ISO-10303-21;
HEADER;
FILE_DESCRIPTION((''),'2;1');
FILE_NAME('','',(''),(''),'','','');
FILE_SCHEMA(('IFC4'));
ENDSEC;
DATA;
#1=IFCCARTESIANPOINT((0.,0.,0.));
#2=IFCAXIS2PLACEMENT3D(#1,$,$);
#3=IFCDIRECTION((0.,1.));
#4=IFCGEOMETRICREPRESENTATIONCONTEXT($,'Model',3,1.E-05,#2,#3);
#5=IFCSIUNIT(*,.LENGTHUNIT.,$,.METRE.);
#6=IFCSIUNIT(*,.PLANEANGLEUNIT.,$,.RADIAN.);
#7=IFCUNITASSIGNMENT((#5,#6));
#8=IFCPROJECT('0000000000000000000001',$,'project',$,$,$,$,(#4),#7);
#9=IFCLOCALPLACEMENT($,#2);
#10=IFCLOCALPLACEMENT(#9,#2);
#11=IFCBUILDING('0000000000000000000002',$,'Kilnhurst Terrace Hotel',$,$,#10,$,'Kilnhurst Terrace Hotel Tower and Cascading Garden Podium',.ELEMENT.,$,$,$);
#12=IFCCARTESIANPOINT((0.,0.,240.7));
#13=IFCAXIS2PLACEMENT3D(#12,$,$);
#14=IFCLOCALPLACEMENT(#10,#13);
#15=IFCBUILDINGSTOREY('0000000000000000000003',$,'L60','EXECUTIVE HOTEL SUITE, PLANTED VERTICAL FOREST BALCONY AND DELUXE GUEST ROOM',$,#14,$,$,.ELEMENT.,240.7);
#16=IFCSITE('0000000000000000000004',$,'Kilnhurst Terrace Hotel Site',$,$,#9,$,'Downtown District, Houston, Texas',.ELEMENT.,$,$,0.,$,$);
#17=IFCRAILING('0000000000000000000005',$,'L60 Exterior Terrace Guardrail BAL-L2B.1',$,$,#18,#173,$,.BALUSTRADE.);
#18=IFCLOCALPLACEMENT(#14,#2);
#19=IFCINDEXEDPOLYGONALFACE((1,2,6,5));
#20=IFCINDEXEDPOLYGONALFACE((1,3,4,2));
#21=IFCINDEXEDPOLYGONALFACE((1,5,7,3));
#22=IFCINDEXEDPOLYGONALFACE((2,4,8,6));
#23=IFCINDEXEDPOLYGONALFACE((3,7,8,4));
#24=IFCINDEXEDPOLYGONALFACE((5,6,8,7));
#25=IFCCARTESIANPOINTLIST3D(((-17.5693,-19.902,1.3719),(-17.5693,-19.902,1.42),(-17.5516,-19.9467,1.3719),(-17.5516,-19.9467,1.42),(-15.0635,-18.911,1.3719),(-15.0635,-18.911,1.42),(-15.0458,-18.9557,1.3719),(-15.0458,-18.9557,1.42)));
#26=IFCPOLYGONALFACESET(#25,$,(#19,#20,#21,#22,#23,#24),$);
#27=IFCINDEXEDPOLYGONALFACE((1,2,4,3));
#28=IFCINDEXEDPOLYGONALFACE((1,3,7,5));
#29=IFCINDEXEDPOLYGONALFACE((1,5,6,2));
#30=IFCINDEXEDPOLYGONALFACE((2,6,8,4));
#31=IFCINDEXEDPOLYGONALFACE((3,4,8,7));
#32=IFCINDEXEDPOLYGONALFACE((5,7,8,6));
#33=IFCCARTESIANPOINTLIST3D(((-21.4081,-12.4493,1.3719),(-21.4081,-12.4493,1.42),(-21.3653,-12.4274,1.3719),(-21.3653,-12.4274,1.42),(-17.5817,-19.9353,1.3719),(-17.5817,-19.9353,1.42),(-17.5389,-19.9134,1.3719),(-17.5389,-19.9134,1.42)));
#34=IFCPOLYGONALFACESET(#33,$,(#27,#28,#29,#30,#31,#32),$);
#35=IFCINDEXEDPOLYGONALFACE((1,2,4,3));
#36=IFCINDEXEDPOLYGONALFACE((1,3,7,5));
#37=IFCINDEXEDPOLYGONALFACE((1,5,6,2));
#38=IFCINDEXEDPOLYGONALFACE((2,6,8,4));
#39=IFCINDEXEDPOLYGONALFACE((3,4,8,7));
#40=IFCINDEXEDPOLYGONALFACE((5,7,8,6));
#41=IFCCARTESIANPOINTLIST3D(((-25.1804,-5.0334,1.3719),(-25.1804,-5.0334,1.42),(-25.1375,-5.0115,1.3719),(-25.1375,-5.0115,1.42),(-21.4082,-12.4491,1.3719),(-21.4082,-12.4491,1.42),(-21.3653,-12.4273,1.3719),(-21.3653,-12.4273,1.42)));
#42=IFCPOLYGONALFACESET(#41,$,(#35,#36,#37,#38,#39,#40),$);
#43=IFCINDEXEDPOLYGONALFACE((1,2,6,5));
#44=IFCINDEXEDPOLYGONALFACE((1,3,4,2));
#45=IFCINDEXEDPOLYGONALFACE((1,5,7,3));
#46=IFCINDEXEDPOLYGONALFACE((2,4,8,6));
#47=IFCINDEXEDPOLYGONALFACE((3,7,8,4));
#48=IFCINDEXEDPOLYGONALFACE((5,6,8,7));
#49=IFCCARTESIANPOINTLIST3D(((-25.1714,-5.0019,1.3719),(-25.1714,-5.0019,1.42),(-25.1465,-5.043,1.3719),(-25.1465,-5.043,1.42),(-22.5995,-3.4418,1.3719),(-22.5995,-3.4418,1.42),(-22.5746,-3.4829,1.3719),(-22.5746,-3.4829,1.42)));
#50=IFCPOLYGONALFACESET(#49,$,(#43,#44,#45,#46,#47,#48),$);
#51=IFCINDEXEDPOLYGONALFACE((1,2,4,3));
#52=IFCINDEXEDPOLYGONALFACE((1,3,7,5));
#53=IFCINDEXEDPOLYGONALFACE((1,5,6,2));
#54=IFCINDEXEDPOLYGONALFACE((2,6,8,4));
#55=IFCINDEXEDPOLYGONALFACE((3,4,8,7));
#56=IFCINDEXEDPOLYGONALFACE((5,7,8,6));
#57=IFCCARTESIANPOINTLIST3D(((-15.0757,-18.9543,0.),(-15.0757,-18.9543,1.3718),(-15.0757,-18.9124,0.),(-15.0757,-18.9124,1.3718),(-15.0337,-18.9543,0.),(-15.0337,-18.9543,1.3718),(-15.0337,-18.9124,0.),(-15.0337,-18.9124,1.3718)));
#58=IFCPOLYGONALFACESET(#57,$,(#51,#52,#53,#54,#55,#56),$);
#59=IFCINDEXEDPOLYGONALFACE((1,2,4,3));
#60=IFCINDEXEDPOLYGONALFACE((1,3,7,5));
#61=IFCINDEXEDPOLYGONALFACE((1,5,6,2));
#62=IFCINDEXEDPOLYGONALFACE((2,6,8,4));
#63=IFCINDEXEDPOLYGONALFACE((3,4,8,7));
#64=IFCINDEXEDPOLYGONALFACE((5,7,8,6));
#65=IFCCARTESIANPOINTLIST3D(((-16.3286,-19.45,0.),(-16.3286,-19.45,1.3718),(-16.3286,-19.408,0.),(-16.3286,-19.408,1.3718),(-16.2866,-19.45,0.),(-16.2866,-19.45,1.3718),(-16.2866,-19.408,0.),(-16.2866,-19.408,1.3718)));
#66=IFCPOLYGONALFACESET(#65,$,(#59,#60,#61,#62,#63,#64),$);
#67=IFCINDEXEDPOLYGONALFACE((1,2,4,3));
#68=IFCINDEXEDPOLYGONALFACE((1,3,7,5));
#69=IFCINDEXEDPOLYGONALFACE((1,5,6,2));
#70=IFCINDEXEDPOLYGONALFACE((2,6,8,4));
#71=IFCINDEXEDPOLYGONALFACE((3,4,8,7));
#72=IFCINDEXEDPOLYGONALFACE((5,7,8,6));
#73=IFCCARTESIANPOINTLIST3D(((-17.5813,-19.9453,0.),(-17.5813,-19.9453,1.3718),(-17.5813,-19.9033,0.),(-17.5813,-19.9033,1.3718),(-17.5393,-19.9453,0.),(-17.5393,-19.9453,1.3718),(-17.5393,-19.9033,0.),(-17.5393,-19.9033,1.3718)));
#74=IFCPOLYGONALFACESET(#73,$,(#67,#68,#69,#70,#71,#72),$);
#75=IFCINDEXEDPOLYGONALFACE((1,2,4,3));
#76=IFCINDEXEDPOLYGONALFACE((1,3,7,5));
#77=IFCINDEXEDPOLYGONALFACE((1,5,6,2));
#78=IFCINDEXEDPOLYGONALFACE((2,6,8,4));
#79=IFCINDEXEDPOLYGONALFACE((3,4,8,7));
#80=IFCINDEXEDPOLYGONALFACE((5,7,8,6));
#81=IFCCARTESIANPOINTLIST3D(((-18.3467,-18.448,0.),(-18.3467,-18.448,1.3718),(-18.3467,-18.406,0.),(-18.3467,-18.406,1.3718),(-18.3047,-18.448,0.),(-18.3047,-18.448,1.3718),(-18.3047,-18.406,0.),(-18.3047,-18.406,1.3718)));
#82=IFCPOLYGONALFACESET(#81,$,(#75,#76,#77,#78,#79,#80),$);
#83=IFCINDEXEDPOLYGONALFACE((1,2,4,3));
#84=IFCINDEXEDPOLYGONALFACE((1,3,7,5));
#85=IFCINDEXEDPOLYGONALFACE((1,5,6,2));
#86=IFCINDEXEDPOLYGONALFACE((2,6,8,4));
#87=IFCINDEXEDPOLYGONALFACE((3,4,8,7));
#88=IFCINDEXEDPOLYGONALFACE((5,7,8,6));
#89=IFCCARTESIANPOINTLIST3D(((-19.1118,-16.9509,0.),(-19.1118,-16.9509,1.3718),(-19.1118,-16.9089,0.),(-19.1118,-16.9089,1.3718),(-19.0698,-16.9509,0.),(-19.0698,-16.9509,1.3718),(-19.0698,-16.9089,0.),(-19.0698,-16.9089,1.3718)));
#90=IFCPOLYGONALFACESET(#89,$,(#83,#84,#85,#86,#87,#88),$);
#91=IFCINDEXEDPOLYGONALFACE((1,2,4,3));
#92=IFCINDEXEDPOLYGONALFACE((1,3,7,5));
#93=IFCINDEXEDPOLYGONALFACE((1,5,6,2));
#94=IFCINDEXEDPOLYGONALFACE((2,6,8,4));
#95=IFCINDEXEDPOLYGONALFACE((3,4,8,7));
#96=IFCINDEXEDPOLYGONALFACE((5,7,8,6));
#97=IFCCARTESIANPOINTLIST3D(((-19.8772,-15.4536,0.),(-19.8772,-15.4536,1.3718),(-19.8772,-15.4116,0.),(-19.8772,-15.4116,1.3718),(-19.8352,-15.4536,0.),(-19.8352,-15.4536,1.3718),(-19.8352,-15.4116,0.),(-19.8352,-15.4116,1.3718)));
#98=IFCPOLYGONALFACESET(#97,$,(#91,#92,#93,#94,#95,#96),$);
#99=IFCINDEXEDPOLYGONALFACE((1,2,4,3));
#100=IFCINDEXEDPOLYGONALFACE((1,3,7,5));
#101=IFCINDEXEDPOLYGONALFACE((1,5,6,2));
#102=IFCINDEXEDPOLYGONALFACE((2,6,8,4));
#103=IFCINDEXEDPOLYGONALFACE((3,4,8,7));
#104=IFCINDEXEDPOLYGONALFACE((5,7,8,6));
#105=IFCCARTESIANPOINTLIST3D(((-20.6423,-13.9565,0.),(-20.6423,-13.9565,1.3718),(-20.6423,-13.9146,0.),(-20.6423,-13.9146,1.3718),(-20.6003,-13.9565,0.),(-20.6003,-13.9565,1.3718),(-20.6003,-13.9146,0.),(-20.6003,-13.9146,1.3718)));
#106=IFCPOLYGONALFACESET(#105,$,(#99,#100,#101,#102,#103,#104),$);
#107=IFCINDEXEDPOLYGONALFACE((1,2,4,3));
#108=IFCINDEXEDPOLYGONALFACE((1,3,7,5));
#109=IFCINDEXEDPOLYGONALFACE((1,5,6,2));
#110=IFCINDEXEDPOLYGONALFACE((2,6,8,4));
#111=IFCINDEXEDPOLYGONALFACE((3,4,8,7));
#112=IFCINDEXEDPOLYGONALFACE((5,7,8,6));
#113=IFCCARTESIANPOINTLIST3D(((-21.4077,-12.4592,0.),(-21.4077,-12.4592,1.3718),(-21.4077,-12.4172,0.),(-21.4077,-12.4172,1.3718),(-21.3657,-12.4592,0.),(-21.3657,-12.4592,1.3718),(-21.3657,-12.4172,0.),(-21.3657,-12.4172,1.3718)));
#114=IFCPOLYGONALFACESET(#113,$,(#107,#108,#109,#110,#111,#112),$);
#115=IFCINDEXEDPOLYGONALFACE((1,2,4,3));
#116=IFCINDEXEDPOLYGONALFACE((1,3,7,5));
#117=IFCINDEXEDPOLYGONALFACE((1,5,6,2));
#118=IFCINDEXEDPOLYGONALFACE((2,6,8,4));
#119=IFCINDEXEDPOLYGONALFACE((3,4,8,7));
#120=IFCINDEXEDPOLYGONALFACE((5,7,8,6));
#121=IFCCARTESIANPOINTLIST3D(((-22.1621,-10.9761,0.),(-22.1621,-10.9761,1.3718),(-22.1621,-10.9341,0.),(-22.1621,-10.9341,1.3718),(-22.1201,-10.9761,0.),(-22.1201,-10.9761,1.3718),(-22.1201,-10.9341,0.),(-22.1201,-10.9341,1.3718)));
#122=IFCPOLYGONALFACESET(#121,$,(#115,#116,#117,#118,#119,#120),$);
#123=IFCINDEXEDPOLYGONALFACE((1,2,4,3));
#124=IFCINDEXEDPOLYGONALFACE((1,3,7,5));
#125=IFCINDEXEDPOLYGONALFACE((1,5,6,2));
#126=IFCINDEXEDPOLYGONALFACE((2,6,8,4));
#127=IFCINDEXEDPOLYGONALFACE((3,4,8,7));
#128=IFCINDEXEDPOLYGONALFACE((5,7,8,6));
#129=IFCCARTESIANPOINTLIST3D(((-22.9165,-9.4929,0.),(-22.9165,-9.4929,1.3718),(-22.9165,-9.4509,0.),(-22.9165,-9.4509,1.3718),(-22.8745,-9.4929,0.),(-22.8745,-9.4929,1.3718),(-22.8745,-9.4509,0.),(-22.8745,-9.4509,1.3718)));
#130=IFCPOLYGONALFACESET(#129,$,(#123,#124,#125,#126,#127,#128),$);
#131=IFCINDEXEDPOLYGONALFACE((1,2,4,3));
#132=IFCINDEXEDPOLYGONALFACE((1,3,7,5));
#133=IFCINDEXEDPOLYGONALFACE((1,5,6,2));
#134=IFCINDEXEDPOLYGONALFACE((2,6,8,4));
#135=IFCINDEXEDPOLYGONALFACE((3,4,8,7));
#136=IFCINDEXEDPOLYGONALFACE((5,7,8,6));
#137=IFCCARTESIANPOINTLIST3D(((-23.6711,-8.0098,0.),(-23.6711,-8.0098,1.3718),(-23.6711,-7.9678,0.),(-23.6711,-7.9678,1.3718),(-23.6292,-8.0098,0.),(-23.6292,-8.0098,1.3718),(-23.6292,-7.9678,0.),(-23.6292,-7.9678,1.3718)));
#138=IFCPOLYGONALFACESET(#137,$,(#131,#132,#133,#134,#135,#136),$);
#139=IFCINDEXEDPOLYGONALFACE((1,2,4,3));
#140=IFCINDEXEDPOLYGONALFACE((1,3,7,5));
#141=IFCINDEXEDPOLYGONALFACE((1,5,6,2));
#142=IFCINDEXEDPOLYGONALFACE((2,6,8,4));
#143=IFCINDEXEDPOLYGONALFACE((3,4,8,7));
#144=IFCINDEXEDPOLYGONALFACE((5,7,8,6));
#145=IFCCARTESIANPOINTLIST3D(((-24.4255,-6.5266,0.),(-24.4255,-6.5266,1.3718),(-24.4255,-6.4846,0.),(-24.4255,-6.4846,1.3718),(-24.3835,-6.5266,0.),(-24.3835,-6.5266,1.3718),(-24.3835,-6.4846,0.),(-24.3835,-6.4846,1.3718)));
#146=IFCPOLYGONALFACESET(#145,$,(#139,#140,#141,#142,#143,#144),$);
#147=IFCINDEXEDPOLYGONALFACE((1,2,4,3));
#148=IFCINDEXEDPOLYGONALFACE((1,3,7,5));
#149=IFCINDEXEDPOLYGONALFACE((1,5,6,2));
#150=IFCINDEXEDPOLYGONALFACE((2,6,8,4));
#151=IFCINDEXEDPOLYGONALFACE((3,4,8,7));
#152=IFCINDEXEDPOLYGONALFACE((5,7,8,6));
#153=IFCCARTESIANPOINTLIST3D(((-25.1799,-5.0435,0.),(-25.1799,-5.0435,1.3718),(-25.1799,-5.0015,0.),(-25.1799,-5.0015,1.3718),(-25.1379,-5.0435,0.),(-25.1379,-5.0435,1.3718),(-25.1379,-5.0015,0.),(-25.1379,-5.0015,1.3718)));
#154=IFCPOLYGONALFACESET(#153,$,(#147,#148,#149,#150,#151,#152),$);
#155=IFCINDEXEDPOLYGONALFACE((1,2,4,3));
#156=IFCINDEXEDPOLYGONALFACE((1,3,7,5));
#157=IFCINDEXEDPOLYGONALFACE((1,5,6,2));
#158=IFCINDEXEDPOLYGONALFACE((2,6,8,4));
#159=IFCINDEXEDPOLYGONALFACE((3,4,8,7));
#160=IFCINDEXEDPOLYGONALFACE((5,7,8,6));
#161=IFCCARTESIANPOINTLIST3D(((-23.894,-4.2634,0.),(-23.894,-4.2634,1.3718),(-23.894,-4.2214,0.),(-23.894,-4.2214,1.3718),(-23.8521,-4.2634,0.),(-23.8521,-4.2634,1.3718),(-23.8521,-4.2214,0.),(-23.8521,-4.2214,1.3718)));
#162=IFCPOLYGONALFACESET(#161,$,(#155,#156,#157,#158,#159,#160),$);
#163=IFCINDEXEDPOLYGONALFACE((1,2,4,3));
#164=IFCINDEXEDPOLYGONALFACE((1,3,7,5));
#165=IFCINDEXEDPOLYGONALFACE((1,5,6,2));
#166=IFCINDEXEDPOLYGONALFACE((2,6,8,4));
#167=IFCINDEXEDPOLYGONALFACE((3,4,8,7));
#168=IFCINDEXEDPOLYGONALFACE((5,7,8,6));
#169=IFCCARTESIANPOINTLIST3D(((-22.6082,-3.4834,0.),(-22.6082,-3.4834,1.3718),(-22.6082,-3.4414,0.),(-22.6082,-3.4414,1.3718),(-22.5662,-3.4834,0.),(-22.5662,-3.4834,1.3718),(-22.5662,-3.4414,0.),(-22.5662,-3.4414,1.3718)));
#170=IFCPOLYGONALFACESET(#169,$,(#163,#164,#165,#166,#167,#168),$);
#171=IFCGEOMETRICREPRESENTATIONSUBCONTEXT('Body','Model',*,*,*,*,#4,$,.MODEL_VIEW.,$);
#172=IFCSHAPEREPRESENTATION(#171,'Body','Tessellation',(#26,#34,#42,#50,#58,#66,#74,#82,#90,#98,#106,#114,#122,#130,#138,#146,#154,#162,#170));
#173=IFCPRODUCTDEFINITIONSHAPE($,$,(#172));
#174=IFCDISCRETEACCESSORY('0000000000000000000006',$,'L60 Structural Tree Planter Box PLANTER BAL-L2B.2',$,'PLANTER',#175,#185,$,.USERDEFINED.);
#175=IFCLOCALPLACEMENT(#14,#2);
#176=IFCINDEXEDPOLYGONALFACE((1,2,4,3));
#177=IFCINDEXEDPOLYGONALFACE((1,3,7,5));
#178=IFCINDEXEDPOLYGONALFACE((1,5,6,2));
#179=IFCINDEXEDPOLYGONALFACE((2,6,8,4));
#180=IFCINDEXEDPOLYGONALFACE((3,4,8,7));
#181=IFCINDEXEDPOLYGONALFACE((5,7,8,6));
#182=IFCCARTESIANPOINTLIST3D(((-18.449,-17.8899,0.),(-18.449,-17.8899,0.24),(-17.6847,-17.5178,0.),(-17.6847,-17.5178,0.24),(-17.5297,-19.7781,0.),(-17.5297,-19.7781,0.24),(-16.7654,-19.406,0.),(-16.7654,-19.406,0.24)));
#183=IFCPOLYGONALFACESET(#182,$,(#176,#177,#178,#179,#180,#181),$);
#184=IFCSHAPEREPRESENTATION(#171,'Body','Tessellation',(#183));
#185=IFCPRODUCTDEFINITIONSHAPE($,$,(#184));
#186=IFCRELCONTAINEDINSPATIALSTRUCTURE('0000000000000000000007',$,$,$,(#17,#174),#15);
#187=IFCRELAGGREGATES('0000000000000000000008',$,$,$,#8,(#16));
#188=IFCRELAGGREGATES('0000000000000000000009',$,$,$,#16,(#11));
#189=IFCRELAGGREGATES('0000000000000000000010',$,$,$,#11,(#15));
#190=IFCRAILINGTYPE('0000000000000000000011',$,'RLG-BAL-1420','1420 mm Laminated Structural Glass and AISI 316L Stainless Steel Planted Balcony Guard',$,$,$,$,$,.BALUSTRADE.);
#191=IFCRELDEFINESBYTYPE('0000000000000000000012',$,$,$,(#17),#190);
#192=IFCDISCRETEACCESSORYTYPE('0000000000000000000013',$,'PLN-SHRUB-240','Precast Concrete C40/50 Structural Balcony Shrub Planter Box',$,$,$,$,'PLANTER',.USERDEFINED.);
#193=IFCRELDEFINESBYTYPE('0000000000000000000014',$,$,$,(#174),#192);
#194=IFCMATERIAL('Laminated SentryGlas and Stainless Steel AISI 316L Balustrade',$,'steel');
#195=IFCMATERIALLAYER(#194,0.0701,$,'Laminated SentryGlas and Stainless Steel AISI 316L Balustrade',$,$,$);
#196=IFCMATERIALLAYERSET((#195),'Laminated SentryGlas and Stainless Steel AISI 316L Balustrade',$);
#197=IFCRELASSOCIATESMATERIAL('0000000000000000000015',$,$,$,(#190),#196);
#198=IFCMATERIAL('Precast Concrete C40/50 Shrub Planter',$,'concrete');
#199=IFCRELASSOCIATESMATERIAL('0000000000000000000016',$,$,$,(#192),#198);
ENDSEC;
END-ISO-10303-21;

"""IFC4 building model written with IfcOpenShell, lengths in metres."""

from ifc_helpers import new_model, si_unit, direction, frame, origin, origin_2d, place, context, subcontext, project, spatial, rectangle, extrude, material, layer, layer_set, type_object, element, save


model = new_model("IFC4")

# Units and contexts
model_context = context("Model", 3, precision=1e-05, world=origin(), true_north=direction((0.0, 1.0)))
body_context = subcontext(model_context, "Body", "Model", "MODEL_VIEW")
ifc_project = project(units=[si_unit("LENGTHUNIT", "METRE"), si_unit("PLANEANGLEUNIT", "RADIAN")], contexts=[model_context])

# Site, building, storey
site_placement = place(None, origin())
site = spatial("IfcSite", under=ifc_project, at=site_placement, Name="Kilnhurst Terrace Hotel Site", LongName="Downtown District, Houston, Texas", CompositionType="ELEMENT", RefElevation=0.0)
building_placement = place(site_placement, origin())
building = spatial("IfcBuilding", under=site, at=building_placement, Name="Kilnhurst Terrace Hotel", LongName="Kilnhurst Terrace Hotel Tower and Cascading Garden Podium", CompositionType="ELEMENT")
storey_placement = place(building_placement, frame((0.0, 0.0, 240.7)))
storey = spatial("IfcBuildingStorey", under=building, at=storey_placement, Name="L60", Description="EXECUTIVE HOTEL SUITE, PLANTED VERTICAL FOREST BALCONY AND DELUXE GUEST ROOM", CompositionType="ELEMENT", Elevation=240.7)

# Railing
ifc_material_1 = material(Name="Laminated SentryGlas and Stainless Steel AISI 316L Balustrade", Category="steel")
ifc_layer_1 = layer(ifc_material_1, 0.0701, Name="Laminated SentryGlas and Stainless Steel AISI 316L Balustrade")
ifc_layer_set_1 = layer_set([ifc_layer_1], Name="Laminated SentryGlas and Stainless Steel AISI 316L Balustrade")
railing_type = type_object("IfcRailingType", Name="RLG-BAL-1420", Description="1420 mm Laminated Structural Glass and AISI 316L Stainless Steel Planted Balcony Guard", PredefinedType="BALUSTRADE", material=ifc_layer_set_1)
railing_placement = place(storey_placement, frame((-15.0547, -18.9333, 0.0)))
element("IfcRailing", 1, at=railing_placement, inside=storey, type_object=railing_type, Name="L60 Exterior Terrace Guardrail BAL-L2B.1", PredefinedType="BALUSTRADE", context=body_context, shape_type="SweptSolid", body=[
    extrude(rectangle(XDim=0.0481, YDim=0.0481, at=origin_2d()), frame((0.0, 0.0, 1.396), z_axis=(-0.929913, -0.367779, 0.0), x_axis=(0.367779, -0.929913, 0.0)), (0.0, 0.0, 1.0), 2.6946),
    extrude(rectangle(XDim=0.0481, YDim=0.0481, at=origin_2d()), frame((-2.5056, -0.991, 1.396), z_axis=(-0.455129, 0.890425, 0.0), x_axis=(-0.890425, -0.455129, 0.0)), (0.0, 0.0, 1.0), 8.4072),
    extrude(rectangle(XDim=0.0481, YDim=0.0481, at=origin_2d()), frame((-6.332, 6.4951, 1.396), z_axis=(-0.453389, 0.891313, 0.0), x_axis=(-0.891313, -0.453389, 0.0)), (0.0, 0.0, 1.0), 8.3201),
    extrude(rectangle(XDim=0.0481, YDim=0.0481, at=origin_2d()), frame((-10.1042, 13.9109, 1.396), z_axis=(0.854991, 0.518643, 0.0), x_axis=(-0.518643, 0.854991, 0.0)), (0.0, 0.0, 1.0), 3.0081),
    extrude(rectangle(XDim=0.042, YDim=0.042, at=origin_2d()), origin(), (0.0, 0.0, 1.0), 1.3718),
    extrude(rectangle(XDim=0.042, YDim=0.042, at=origin_2d()), frame((-1.2529, -0.4956, 0.0)), (0.0, 0.0, 1.0), 1.3718),
    extrude(rectangle(XDim=0.042, YDim=0.042, at=origin_2d()), frame((-2.5056, -0.991, 0.0)), (0.0, 0.0, 1.0), 1.3718),
    extrude(rectangle(XDim=0.042, YDim=0.042, at=origin_2d()), frame((-3.271, 0.5063, 0.0)), (0.0, 0.0, 1.0), 1.3718),
    extrude(rectangle(XDim=0.042, YDim=0.042, at=origin_2d()), frame((-4.0361, 2.0034, 0.0)), (0.0, 0.0, 1.0), 1.3718),
    extrude(rectangle(XDim=0.042, YDim=0.042, at=origin_2d()), frame((-4.8015, 3.5007, 0.0)), (0.0, 0.0, 1.0), 1.3718),
    extrude(rectangle(XDim=0.042, YDim=0.042, at=origin_2d()), frame((-5.5667, 4.9978, 0.0)), (0.0, 0.0, 1.0), 1.3718),
    extrude(rectangle(XDim=0.042, YDim=0.042, at=origin_2d()), frame((-6.332, 6.4951, 0.0)), (0.0, 0.0, 1.0), 1.3718),
    extrude(rectangle(XDim=0.042, YDim=0.042, at=origin_2d()), frame((-7.0864, 7.9783, 0.0)), (0.0, 0.0, 1.0), 1.3718),
    extrude(rectangle(XDim=0.042, YDim=0.042, at=origin_2d()), frame((-7.8408, 9.4614, 0.0)), (0.0, 0.0, 1.0), 1.3718),
    extrude(rectangle(XDim=0.042, YDim=0.042, at=origin_2d()), frame((-8.5955, 10.9446, 0.0)), (0.0, 0.0, 1.0), 1.3718),
    extrude(rectangle(XDim=0.042, YDim=0.042, at=origin_2d()), frame((-9.3499, 12.4277, 0.0)), (0.0, 0.0, 1.0), 1.3718),
    extrude(rectangle(XDim=0.042, YDim=0.042, at=origin_2d()), frame((-10.1042, 13.9109, 0.0)), (0.0, 0.0, 1.0), 1.3718),
    extrude(rectangle(XDim=0.042, YDim=0.042, at=origin_2d()), frame((-8.8184, 14.6909, 0.0)), (0.0, 0.0, 1.0), 1.3718),
    extrude(rectangle(XDim=0.042, YDim=0.042, at=origin_2d()), frame((-7.5325, 15.4709, 0.0)), (0.0, 0.0, 1.0), 1.3718),
])

# Discrete accessory
ifc_material_2 = material(Name="Precast Concrete C40/50 Shrub Planter", Category="concrete")
discrete_accessory_type = type_object("IfcDiscreteAccessoryType", Name="PLN-SHRUB-240", Description="Precast Concrete C40/50 Structural Balcony Shrub Planter Box", ElementType="PLANTER", PredefinedType="USERDEFINED", material=ifc_material_2)
discrete_accessory_placement = place(storey_placement, frame((-17.6072, -18.6479, 0.0), z_axis=(0.0, 0.0, 1.0), x_axis=(0.437744, -0.8991, 0.0)))
element("IfcDiscreteAccessory", 2, at=discrete_accessory_placement, inside=storey, type_object=discrete_accessory_type, Name="L60 Structural Tree Planter Box PLANTER BAL-L2B.2", ObjectType="PLANTER", PredefinedType="USERDEFINED", context=body_context, shape_type="SweptSolid", body=[
    extrude(rectangle(XDim=2.1001, YDim=0.8501, at=origin_2d()), origin(), (0.0, 0.0, 1.0), 0.24),
])

save(model, "model.ifc")
